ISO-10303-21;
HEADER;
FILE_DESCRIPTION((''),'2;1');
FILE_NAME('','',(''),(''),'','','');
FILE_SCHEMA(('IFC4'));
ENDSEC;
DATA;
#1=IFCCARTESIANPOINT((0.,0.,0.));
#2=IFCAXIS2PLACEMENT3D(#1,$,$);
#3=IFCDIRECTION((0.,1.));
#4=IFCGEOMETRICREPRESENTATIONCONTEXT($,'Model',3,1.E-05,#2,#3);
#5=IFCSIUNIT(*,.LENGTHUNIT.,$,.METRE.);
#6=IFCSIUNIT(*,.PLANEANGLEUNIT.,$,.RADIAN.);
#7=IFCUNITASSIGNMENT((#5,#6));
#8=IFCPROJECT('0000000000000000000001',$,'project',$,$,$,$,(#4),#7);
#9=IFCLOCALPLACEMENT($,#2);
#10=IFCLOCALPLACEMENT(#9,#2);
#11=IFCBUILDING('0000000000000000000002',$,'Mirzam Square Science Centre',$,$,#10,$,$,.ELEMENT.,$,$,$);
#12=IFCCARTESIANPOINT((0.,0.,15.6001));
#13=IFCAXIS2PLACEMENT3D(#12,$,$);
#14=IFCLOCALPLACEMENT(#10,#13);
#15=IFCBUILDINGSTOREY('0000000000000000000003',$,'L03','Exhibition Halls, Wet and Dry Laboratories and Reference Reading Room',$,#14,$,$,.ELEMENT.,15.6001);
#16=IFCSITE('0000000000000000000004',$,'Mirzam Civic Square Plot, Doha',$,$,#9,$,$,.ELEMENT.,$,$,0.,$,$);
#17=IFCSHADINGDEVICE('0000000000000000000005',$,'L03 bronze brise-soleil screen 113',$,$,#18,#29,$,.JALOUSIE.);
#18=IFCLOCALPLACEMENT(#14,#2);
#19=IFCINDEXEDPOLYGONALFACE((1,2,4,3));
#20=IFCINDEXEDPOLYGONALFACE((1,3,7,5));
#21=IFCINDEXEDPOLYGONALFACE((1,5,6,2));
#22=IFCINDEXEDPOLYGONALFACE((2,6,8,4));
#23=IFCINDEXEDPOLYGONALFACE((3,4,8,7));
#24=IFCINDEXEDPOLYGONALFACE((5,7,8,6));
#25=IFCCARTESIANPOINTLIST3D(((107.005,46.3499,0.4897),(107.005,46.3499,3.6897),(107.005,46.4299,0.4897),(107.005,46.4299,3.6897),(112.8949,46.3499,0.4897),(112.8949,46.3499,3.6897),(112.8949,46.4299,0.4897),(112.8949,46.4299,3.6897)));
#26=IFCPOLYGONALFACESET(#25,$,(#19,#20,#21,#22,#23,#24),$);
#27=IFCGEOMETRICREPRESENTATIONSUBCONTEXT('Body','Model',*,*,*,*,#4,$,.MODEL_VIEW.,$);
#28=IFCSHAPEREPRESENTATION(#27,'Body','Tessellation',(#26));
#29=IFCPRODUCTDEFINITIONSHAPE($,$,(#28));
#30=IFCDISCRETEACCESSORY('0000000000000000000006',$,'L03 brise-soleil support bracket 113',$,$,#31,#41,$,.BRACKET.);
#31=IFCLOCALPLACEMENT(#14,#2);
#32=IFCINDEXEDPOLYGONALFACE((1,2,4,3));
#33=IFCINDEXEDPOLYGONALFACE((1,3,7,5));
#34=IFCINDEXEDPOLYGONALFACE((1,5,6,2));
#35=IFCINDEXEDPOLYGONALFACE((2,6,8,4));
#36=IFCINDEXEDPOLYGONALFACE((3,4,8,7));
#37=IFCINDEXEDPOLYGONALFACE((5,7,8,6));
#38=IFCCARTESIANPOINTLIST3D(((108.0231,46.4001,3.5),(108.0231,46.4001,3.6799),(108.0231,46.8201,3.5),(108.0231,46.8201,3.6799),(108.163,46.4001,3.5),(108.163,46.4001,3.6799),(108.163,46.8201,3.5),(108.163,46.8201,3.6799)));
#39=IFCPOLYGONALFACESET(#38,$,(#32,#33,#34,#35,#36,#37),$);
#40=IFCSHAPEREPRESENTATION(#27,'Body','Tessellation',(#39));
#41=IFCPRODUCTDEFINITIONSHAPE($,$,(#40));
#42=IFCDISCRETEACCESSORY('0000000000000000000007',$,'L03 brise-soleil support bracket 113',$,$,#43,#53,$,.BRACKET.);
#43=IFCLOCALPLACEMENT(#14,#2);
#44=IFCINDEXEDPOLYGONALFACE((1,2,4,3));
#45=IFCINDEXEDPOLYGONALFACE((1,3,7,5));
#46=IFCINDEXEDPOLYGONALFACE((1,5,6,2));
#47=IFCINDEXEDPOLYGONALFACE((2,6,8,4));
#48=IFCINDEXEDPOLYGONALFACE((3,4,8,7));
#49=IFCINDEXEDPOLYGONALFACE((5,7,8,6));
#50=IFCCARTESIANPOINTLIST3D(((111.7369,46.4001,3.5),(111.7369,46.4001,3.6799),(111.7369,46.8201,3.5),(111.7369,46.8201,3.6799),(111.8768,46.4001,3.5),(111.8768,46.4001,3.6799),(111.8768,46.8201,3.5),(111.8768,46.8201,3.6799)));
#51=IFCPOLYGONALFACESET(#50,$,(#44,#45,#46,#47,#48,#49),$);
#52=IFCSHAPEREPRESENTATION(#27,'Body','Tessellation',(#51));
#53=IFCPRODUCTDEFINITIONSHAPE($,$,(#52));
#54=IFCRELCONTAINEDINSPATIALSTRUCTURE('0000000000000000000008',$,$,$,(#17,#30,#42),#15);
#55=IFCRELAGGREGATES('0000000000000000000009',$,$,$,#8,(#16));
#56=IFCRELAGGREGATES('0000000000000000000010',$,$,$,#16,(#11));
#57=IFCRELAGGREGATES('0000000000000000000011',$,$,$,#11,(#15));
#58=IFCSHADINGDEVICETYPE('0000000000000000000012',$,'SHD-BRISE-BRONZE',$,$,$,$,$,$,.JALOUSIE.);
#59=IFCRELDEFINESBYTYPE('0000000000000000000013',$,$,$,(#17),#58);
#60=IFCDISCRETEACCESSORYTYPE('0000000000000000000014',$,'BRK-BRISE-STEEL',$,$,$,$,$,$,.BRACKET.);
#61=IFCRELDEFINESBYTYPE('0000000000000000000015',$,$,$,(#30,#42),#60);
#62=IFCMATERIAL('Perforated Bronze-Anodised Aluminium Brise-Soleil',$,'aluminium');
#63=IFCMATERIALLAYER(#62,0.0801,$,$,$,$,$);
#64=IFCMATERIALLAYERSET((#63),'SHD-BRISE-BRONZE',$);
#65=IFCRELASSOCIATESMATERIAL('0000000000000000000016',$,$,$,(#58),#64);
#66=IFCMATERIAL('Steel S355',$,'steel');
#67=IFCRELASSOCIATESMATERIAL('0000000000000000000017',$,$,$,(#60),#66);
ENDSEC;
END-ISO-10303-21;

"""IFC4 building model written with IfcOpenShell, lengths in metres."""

from ifc_helpers import new_model, si_unit, direction, frame, origin, origin_2d, place, context, subcontext, project, spatial, rectangle, extrude, material, layer, layer_set, type_object, element, save


model = new_model("IFC4")

# Units and contexts
model_context = context("Model", 3, precision=1e-05, world=origin(), true_north=direction((0.0, 1.0)))
body_context = subcontext(model_context, "Body", "Model", "MODEL_VIEW")
ifc_project = project(units=[si_unit("LENGTHUNIT", "METRE"), si_unit("PLANEANGLEUNIT", "RADIAN")], contexts=[model_context])

# Site, building, storey
site_placement = place(None, origin())
site = spatial("IfcSite", under=ifc_project, at=site_placement, Name="Mirzam Civic Square Plot, Doha", CompositionType="ELEMENT", RefElevation=0.0)
building_placement = place(site_placement, origin())
building = spatial("IfcBuilding", under=site, at=building_placement, Name="Mirzam Square Science Centre", CompositionType="ELEMENT")
storey_placement = place(building_placement, frame((0.0, 0.0, 15.6001)))
storey = spatial("IfcBuildingStorey", under=building, at=storey_placement, Name="L03", Description="Exhibition Halls, Wet and Dry Laboratories and Reference Reading Room", CompositionType="ELEMENT", Elevation=15.6001)

# Shared definitions
ifc_material_1 = material(Name="Steel S355", Category="steel")

# Shading device
ifc_material_2 = material(Name="Perforated Bronze-Anodised Aluminium Brise-Soleil", Category="aluminium")
ifc_layer_1 = layer(ifc_material_2, 0.0801)
ifc_layer_set_1 = layer_set([ifc_layer_1], Name="SHD-BRISE-BRONZE")
shading_device_type = type_object("IfcShadingDeviceType", Name="SHD-BRISE-BRONZE", PredefinedType="JALOUSIE", material=ifc_layer_set_1)
shading_device_placement = place(storey_placement, frame((109.95, 46.3899, 0.4897), z_axis=(0.0, 0.0, 1.0), x_axis=(1.0, 0.0, 0.0)))
element("IfcShadingDevice", 1, at=shading_device_placement, inside=storey, type_object=shading_device_type, Name="L03 bronze brise-soleil screen 113", PredefinedType="JALOUSIE", context=body_context, shape_type="SweptSolid", body=[
    extrude(rectangle(XDim=5.8899, YDim=0.0801, at=origin_2d()), origin(), (0.0, 0.0, 1.0), 3.2),
])

# Discrete accessories
discrete_accessory_type = type_object("IfcDiscreteAccessoryType", Name="BRK-BRISE-STEEL", PredefinedType="BRACKET", material=ifc_material_1)
for number, where, z_axis, x_axis, name in (
    (2, (108.093, 46.6101, 3.5), (0.0, 0.0, 1.0), (1.0, 0.0, 0.0), "L03 brise-soleil support bracket 113"),
    (3, (111.8069, 46.6101, 3.5), (0.0, 0.0, 1.0), (1.0, 0.0, 0.0), "L03 brise-soleil support bracket 113"),
):
    element("IfcDiscreteAccessory", number, at=place(storey_placement, frame(where, z_axis=z_axis, x_axis=x_axis)), inside=storey, type_object=discrete_accessory_type, Name=name, PredefinedType="BRACKET", context=body_context, shape_type="SweptSolid", body=[
        extrude(rectangle(XDim=0.1399, YDim=0.4199, at=origin_2d()), origin(), (0.0, 0.0, 1.0), 0.1799),
    ])

save(model, "model.ifc")
